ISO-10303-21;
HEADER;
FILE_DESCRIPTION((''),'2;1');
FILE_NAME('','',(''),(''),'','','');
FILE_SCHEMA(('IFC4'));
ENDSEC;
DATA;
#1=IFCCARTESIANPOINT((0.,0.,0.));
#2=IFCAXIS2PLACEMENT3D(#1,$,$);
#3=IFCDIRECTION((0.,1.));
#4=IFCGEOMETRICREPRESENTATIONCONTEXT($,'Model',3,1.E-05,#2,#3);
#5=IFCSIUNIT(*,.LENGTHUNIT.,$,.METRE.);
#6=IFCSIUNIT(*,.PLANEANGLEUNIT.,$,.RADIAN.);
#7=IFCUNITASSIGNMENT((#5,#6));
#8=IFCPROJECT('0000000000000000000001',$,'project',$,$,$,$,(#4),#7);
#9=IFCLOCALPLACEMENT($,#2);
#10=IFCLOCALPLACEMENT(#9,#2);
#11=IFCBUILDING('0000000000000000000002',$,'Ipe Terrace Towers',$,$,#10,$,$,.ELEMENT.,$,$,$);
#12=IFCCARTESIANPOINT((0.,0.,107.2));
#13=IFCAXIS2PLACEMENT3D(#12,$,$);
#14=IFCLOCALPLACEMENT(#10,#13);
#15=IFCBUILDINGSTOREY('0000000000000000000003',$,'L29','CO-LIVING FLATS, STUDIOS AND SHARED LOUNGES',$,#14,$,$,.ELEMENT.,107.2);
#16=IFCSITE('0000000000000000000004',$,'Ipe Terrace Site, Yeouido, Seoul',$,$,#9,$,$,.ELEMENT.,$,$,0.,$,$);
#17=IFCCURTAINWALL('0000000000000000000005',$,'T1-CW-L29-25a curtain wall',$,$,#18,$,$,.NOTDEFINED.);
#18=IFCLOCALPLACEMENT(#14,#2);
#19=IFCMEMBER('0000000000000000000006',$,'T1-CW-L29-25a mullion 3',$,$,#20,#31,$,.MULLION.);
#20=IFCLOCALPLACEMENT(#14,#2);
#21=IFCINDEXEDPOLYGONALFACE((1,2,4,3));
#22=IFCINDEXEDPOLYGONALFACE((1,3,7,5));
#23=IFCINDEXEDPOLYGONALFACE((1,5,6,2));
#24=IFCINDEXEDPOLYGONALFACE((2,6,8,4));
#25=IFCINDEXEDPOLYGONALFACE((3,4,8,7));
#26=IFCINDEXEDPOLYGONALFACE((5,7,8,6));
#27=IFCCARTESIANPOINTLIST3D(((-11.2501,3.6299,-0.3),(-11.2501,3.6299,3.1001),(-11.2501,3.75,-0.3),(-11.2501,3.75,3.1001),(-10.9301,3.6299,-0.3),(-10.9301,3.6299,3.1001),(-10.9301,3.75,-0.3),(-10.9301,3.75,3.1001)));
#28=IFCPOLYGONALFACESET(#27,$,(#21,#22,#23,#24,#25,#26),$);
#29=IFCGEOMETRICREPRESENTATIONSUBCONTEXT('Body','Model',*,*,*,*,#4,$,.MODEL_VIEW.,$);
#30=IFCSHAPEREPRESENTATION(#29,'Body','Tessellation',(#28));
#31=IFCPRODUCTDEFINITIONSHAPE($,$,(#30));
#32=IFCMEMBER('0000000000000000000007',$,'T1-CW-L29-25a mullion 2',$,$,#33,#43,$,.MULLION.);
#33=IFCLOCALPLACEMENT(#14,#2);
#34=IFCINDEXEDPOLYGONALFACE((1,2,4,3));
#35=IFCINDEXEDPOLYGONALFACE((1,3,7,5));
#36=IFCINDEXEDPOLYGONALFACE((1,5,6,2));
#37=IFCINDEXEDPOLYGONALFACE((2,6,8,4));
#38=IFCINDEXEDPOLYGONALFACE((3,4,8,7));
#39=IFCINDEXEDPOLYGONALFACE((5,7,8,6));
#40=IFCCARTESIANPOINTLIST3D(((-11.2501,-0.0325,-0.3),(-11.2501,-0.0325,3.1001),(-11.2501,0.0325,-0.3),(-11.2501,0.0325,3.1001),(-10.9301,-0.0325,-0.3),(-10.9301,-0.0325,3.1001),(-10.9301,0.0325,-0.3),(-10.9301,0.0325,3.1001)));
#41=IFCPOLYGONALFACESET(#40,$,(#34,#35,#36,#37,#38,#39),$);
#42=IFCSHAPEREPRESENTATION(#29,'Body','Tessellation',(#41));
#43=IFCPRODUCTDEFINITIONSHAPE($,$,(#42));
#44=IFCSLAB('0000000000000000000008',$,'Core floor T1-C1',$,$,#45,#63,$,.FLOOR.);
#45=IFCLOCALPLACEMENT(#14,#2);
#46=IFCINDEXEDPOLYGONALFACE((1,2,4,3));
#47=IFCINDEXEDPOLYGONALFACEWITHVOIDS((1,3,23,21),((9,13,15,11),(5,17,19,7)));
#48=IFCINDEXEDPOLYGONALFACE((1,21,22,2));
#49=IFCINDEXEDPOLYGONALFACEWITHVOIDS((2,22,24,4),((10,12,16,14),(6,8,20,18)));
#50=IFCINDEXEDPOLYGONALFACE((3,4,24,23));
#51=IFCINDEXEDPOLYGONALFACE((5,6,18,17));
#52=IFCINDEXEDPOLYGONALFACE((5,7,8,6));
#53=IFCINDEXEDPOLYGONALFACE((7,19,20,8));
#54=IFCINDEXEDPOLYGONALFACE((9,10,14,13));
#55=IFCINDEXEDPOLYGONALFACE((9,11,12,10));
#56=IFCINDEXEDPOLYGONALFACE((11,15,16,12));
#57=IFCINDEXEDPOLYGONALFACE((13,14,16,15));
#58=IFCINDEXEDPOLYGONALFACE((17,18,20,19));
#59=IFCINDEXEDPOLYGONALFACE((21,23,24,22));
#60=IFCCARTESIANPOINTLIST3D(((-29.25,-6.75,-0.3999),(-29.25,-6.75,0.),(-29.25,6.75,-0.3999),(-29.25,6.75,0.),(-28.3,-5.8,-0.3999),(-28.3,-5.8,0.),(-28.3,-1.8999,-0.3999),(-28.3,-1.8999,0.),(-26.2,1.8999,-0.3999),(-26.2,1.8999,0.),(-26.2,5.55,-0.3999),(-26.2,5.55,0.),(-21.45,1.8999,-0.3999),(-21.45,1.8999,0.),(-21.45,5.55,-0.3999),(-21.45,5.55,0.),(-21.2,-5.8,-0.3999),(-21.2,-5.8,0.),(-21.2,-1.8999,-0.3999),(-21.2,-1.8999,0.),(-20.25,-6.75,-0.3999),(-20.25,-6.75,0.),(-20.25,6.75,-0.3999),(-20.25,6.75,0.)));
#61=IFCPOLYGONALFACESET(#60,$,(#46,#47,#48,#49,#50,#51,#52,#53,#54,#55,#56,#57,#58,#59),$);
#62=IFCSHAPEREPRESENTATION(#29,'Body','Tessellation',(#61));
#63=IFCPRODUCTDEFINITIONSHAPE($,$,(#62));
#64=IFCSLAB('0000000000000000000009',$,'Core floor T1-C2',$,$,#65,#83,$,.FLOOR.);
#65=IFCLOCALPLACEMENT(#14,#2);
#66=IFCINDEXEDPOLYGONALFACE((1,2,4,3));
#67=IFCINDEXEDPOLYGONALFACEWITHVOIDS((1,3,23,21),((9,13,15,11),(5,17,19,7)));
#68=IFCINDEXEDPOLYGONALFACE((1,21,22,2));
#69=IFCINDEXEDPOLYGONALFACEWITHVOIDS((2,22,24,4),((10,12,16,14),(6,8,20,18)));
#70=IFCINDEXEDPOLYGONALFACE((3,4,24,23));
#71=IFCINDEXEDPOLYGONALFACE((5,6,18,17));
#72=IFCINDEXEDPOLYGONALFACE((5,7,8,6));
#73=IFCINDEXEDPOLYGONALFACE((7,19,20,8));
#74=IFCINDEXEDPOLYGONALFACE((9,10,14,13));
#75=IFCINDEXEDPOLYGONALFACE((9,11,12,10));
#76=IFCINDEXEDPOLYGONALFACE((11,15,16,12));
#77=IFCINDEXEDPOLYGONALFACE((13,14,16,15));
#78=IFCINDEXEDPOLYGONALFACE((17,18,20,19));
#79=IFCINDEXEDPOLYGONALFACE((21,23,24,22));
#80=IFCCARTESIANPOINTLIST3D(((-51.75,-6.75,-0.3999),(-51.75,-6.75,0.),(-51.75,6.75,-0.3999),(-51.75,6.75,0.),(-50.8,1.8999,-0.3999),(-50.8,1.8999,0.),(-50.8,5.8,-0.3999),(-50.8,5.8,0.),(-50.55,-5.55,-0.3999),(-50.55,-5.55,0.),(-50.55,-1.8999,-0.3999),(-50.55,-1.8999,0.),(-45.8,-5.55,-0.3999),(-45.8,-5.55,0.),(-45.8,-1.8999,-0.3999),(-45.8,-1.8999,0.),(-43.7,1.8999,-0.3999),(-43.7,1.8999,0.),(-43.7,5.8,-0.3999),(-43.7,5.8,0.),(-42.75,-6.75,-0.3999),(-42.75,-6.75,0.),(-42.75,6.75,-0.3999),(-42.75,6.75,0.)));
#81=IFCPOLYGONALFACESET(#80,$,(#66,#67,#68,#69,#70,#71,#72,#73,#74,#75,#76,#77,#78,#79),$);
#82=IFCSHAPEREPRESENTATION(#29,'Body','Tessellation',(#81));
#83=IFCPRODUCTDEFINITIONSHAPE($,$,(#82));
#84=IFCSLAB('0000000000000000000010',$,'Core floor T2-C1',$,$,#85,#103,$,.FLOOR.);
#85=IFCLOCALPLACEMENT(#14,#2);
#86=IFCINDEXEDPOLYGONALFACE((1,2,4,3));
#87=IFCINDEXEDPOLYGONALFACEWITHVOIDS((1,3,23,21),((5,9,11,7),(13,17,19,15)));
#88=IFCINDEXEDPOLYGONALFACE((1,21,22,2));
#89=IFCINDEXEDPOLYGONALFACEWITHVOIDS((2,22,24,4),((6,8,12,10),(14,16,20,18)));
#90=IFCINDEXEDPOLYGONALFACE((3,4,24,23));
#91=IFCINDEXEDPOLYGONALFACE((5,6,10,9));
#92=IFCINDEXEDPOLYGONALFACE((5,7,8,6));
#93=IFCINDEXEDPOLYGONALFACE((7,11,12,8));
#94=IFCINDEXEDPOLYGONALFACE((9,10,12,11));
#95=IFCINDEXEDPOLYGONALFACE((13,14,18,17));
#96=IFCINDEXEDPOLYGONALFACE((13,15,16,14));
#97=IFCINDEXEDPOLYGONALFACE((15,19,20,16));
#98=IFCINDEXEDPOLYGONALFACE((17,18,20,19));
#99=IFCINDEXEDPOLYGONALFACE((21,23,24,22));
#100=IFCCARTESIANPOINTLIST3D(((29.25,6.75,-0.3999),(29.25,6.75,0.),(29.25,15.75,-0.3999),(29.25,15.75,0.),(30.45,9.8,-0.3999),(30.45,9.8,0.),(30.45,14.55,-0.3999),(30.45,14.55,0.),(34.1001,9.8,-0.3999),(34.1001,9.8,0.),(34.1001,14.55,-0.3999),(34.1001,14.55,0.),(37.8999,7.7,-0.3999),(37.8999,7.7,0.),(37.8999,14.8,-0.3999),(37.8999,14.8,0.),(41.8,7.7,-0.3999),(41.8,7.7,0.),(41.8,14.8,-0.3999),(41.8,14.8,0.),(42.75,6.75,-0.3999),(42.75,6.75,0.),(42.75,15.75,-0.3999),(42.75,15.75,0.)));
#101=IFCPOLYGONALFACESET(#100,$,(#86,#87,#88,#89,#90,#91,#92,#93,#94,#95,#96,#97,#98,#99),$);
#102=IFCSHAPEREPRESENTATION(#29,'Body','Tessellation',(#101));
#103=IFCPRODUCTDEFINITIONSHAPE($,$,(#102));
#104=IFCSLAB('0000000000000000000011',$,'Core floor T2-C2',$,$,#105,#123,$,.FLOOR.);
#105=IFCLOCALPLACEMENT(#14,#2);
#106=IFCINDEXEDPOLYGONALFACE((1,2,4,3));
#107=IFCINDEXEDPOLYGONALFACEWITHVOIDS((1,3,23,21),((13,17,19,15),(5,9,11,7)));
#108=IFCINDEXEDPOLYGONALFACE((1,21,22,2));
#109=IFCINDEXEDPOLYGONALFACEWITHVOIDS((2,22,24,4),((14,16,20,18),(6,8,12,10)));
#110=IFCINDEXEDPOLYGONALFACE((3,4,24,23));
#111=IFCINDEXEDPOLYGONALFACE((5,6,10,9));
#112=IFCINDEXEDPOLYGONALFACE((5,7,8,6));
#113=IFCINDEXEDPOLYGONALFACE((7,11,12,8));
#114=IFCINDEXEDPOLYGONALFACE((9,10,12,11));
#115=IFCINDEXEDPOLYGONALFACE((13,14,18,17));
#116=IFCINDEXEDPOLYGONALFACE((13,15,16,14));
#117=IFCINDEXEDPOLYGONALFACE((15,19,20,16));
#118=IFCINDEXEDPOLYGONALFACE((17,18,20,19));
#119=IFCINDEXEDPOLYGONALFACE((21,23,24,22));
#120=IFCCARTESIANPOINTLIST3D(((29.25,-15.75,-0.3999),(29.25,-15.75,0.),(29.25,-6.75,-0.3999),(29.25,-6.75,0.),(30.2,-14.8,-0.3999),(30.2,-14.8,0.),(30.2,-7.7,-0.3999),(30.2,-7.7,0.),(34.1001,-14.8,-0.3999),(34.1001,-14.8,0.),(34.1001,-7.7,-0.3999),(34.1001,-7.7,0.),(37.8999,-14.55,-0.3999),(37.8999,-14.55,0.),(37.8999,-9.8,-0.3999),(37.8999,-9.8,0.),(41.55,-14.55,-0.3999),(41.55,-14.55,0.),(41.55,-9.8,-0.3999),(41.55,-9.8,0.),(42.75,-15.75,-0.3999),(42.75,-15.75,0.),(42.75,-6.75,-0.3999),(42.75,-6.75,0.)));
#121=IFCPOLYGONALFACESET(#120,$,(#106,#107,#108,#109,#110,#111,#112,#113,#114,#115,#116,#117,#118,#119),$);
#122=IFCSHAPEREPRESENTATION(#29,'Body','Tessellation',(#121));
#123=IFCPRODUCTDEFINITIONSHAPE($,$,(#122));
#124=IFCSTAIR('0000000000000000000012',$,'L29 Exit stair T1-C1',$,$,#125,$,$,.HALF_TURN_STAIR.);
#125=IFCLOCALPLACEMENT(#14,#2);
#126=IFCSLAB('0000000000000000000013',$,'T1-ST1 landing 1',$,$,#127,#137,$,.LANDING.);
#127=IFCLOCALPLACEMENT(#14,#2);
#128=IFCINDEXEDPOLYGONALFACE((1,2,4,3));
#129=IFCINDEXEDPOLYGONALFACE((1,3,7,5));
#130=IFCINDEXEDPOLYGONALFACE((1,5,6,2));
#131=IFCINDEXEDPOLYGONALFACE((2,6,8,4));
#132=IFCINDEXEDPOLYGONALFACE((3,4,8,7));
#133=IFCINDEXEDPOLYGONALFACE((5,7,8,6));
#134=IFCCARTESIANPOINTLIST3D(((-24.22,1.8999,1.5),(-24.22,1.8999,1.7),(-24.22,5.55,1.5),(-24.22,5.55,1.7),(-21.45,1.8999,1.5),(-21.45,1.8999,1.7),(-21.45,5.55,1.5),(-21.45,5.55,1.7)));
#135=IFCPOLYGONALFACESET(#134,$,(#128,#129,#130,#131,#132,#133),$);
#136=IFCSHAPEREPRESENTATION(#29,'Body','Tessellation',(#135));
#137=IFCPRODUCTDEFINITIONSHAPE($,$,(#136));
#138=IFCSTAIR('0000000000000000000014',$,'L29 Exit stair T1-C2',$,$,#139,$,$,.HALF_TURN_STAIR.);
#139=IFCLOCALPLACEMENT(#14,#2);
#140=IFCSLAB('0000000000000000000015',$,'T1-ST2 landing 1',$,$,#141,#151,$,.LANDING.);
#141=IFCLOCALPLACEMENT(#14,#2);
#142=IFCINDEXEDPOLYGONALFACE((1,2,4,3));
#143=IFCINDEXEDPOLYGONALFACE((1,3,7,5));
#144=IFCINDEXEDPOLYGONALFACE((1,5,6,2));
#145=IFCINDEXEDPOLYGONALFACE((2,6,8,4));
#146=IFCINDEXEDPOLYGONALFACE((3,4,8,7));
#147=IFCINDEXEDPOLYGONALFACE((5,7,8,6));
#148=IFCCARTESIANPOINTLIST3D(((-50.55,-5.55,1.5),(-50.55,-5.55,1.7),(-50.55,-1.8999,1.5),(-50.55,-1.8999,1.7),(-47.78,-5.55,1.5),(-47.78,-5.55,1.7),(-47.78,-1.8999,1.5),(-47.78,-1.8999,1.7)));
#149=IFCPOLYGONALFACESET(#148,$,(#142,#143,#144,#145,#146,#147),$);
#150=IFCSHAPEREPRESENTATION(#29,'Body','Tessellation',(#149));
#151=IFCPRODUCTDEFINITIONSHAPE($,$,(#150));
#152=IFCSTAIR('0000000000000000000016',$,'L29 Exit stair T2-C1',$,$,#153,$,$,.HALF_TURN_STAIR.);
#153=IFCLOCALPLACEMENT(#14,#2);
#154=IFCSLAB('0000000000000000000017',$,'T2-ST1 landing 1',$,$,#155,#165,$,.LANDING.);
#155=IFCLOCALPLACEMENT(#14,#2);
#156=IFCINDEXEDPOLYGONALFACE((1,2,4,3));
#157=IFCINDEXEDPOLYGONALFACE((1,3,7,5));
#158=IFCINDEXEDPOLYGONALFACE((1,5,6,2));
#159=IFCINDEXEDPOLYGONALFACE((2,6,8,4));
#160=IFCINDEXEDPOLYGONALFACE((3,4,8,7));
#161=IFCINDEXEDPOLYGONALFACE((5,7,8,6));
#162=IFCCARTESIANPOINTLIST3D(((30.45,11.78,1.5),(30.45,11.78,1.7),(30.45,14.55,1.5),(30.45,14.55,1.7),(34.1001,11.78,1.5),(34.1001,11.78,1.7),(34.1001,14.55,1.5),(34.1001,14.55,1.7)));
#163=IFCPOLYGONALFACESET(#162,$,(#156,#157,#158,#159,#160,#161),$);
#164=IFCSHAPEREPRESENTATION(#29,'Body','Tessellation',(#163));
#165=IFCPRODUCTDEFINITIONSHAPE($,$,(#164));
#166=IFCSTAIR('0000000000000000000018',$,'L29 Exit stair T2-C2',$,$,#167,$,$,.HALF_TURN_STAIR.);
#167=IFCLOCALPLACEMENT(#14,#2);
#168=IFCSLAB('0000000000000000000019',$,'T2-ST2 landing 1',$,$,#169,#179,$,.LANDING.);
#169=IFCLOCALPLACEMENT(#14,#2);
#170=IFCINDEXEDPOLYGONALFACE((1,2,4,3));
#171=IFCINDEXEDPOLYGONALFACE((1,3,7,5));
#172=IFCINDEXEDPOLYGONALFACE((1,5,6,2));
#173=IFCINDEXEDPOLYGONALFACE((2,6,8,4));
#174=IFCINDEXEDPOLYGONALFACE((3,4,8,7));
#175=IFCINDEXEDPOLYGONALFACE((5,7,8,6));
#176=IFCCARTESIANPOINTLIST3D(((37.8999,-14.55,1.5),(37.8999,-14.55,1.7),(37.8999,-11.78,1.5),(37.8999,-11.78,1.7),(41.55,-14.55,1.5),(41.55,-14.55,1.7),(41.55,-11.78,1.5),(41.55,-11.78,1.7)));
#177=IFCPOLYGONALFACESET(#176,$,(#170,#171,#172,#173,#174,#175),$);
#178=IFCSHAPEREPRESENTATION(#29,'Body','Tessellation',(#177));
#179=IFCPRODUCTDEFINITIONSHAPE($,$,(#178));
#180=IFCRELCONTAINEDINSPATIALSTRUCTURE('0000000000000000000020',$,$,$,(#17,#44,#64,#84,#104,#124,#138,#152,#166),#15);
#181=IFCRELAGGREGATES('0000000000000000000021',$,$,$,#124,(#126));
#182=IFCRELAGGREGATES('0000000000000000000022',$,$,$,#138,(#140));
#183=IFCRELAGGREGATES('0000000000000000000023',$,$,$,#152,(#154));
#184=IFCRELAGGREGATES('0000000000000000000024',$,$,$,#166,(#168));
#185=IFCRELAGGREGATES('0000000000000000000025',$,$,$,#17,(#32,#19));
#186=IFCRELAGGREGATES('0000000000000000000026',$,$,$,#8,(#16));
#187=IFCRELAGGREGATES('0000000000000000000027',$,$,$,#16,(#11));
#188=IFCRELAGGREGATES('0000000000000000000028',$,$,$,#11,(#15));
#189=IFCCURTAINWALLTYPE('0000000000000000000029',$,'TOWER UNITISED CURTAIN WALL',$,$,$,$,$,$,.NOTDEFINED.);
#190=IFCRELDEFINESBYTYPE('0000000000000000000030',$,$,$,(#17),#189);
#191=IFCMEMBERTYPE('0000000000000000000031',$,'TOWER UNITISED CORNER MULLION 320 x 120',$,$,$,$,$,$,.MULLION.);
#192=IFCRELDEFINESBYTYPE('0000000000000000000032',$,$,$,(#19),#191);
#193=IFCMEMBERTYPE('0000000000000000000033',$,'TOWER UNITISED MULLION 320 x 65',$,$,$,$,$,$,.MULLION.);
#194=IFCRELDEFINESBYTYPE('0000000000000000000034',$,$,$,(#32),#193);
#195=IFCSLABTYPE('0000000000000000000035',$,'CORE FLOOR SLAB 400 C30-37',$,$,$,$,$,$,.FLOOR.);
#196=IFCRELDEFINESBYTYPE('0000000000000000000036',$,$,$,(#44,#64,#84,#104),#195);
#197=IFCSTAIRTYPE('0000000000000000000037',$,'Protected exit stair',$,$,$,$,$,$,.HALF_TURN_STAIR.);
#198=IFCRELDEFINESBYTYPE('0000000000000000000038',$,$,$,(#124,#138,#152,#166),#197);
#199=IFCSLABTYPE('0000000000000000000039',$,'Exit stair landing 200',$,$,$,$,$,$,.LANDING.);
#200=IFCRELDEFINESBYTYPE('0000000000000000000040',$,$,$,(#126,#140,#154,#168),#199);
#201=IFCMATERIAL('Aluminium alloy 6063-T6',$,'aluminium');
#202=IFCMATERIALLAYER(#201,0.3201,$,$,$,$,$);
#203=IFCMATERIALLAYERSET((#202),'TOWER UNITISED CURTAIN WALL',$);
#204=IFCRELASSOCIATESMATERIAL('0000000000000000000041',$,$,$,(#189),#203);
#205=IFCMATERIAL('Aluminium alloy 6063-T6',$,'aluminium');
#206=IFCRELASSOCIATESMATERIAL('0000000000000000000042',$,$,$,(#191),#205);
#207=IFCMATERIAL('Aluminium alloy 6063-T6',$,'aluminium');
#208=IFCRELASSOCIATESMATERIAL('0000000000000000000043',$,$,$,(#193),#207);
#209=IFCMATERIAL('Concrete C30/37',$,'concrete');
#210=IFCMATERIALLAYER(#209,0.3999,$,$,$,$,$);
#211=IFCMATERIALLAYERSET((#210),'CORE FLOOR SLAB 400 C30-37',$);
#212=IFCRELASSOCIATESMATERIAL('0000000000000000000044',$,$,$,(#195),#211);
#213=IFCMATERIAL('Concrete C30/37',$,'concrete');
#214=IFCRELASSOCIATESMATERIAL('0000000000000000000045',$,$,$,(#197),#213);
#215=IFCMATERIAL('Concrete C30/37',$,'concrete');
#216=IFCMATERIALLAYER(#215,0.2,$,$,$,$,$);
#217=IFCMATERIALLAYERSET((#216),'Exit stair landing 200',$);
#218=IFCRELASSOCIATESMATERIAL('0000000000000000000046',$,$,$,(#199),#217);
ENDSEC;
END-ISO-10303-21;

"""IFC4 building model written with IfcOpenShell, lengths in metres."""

from ifc_helpers import new_model, si_unit, direction, frame, origin, origin_2d, place, context, subcontext, project, spatial, polyline, rectangle, outline, extrude, material, layer, layer_set, material_profile, profile_set, type_object, element, aggregate, save


model = new_model("IFC4")

# Units and contexts
model_context = context("Model", 3, precision=1e-05, world=origin(), true_north=direction((0.0, 1.0)))
body_context = subcontext(model_context, "Body", "Model", "MODEL_VIEW")
ifc_project = project(units=[si_unit("LENGTHUNIT", "METRE"), si_unit("PLANEANGLEUNIT", "RADIAN")], contexts=[model_context])

# Site, building, storey
site_placement = place(None, origin())
site = spatial("IfcSite", under=ifc_project, at=site_placement, Name="Ipe Terrace Site, Yeouido, Seoul", CompositionType="ELEMENT", RefElevation=0.0)
building_placement = place(site_placement, origin())
building = spatial("IfcBuilding", under=site, at=building_placement, Name="Ipe Terrace Towers", CompositionType="ELEMENT")
storey_placement = place(building_placement, frame((0.0, 0.0, 107.2)))
storey = spatial("IfcBuildingStorey", under=building, at=storey_placement, Name="L29", Description="CO-LIVING FLATS, STUDIOS AND SHARED LOUNGES", CompositionType="ELEMENT", Elevation=107.2)

# Curtain wall, members
ifc_material_1 = material(Name="Aluminium alloy 6063-T6", Category="aluminium")
ifc_layer_1 = layer(ifc_material_1, 0.3201)
ifc_layer_set_1 = layer_set([ifc_layer_1], Name="TOWER UNITISED CURTAIN WALL")
curtain_wall_type = type_object("IfcCurtainWallType", Name="TOWER UNITISED CURTAIN WALL", PredefinedType="NOTDEFINED", material=ifc_layer_set_1)
curtain_wall_placement = place(storey_placement, origin())
curtain_wall = element("IfcCurtainWall", 1, at=curtain_wall_placement, inside=storey, type_object=curtain_wall_type, Name="T1-CW-L29-25a curtain wall", PredefinedType="NOTDEFINED")
ifc_material_2 = material(Name="Aluminium alloy 6063-T6", Category="aluminium")
ifc_material_profile_1 = material_profile(ifc_material_2, rectangle(XDim=0.3201, YDim=0.1201, at=origin_2d()), Name="TOWER UNITISED CORNER MULLION 320 x 120")
ifc_profile_set_1 = profile_set([ifc_material_profile_1], Name="Aluminium alloy 6063-T6")
member_type_1 = type_object("IfcMemberType", Name="TOWER UNITISED CORNER MULLION 320 x 120", PredefinedType="MULLION", material=ifc_profile_set_1)
member_1_placement = place(storey_placement, frame((-11.0901, 3.6899, -0.3), z_axis=(0.0, 0.0, 1.0), x_axis=(1.0, 0.0, 0.0)))
member_1 = element("IfcMember", 2, at=member_1_placement, type_object=member_type_1, Name="T1-CW-L29-25a mullion 3", PredefinedType="MULLION", context=body_context, shape_type="SweptSolid", body=[
    extrude(rectangle(XDim=0.3201, YDim=0.1201, at=origin_2d()), origin(), (0.0, 0.0, 1.0), 3.4001),
])
ifc_material_3 = material(Name="Aluminium alloy 6063-T6", Category="aluminium")
ifc_material_profile_2 = material_profile(ifc_material_3, rectangle(XDim=0.3201, YDim=0.0649, at=origin_2d()), Name="TOWER UNITISED MULLION 320 x 65")
ifc_profile_set_2 = profile_set([ifc_material_profile_2], Name="Aluminium alloy 6063-T6")
member_type_2 = type_object("IfcMemberType", Name="TOWER UNITISED MULLION 320 x 65", PredefinedType="MULLION", material=ifc_profile_set_2)
member_2_placement = place(storey_placement, frame((-11.0901, 0.0, -0.3), z_axis=(0.0, 0.0, 1.0), x_axis=(1.0, 0.0, 0.0)))
member_2 = element("IfcMember", 3, at=member_2_placement, type_object=member_type_2, Name="T1-CW-L29-25a mullion 2", PredefinedType="MULLION", context=body_context, shape_type="SweptSolid", body=[
    extrude(rectangle(XDim=0.3201, YDim=0.0649, at=origin_2d()), origin(), (0.0, 0.0, 1.0), 3.4001),
])

# Slabs
ifc_material_4 = material(Name="Concrete C30/37", Category="concrete")
ifc_layer_2 = layer(ifc_material_4, 0.3999)
ifc_layer_set_2 = layer_set([ifc_layer_2], Name="CORE FLOOR SLAB 400 C30-37")
slab_type_1 = type_object("IfcSlabType", Name="CORE FLOOR SLAB 400 C30-37", PredefinedType="FLOOR", material=ifc_layer_set_2)
slab_1_placement = place(storey_placement, frame((0.0, 0.0, -0.3999)))
element("IfcSlab", 4, at=slab_1_placement, inside=storey, type_object=slab_type_1, Name="Core floor T1-C1", PredefinedType="FLOOR", context=body_context, shape_type="SweptSolid", body=[
    extrude(outline(polyline([(-29.25, -6.75), (-29.25, 6.75), (-20.25, 6.75), (-20.25, -6.75), (-29.25, -6.75)]), holes=[polyline([(-28.3, -5.8), (-21.2, -5.8), (-21.2, -1.8999), (-28.3, -1.8999), (-28.3, -5.8)]), polyline([(-26.2, 5.55), (-26.2, 1.8999), (-21.45, 1.8999), (-21.45, 5.55), (-26.2, 5.55)])]), origin(), (0.0, 0.0, 1.0), 0.3999),
])
slab_2_placement = place(storey_placement, frame((0.0, 0.0, -0.3999)))
element("IfcSlab", 5, at=slab_2_placement, inside=storey, type_object=slab_type_1, Name="Core floor T1-C2", PredefinedType="FLOOR", context=body_context, shape_type="SweptSolid", body=[
    extrude(outline(polyline([(-51.75, -6.75), (-51.75, 6.75), (-42.75, 6.75), (-42.75, -6.75), (-51.75, -6.75)]), holes=[polyline([(-45.8, -5.55), (-45.8, -1.8999), (-50.55, -1.8999), (-50.55, -5.55), (-45.8, -5.55)]), polyline([(-50.8, 1.8999), (-43.7, 1.8999), (-43.7, 5.8), (-50.8, 5.8), (-50.8, 1.8999)])]), origin(), (0.0, 0.0, 1.0), 0.3999),
])
slab_3_placement = place(storey_placement, frame((0.0, 0.0, -0.3999)))
element("IfcSlab", 6, at=slab_3_placement, inside=storey, type_object=slab_type_1, Name="Core floor T2-C1", PredefinedType="FLOOR", context=body_context, shape_type="SweptSolid", body=[
    extrude(outline(polyline([(29.25, 6.75), (29.25, 15.75), (42.75, 15.75), (42.75, 6.75), (29.25, 6.75)]), holes=[polyline([(41.8, 7.7), (41.8, 14.8), (37.8999, 14.8), (37.8999, 7.7), (41.8, 7.7)]), polyline([(30.45, 9.8), (34.1001, 9.8), (34.1001, 14.55), (30.45, 14.55), (30.45, 9.8)])]), origin(), (0.0, 0.0, 1.0), 0.3999),
])
slab_4_placement = place(storey_placement, frame((0.0, 0.0, -0.3999)))
element("IfcSlab", 7, at=slab_4_placement, inside=storey, type_object=slab_type_1, Name="Core floor T2-C2", PredefinedType="FLOOR", context=body_context, shape_type="SweptSolid", body=[
    extrude(outline(polyline([(29.25, -15.75), (29.25, -6.75), (42.75, -6.75), (42.75, -15.75), (29.25, -15.75)]), holes=[polyline([(34.1001, -14.8), (34.1001, -7.7), (30.2, -7.7), (30.2, -14.8), (34.1001, -14.8)]), polyline([(41.55, -9.8), (37.8999, -9.8), (37.8999, -14.55), (41.55, -14.55), (41.55, -9.8)])]), origin(), (0.0, 0.0, 1.0), 0.3999),
])

# Stairs, slabs
ifc_material_5 = material(Name="Concrete C30/37", Category="concrete")
stair_type = type_object("IfcStairType", Name="Protected exit stair", PredefinedType="HALF_TURN_STAIR", material=ifc_material_5)
stair_1_placement = place(storey_placement, origin())
stair_1 = element("IfcStair", 8, at=stair_1_placement, inside=storey, type_object=stair_type, Name="L29 Exit stair T1-C1", PredefinedType="HALF_TURN_STAIR")
ifc_material_6 = material(Name="Concrete C30/37", Category="concrete")
ifc_layer_3 = layer(ifc_material_6, 0.2)
ifc_layer_set_3 = layer_set([ifc_layer_3], Name="Exit stair landing 200")
slab_type_2 = type_object("IfcSlabType", Name="Exit stair landing 200", PredefinedType="LANDING", material=ifc_layer_set_3)
slab_5_placement = place(storey_placement, frame((0.0, 0.0, 1.5)))
slab_5 = element("IfcSlab", 9, at=slab_5_placement, type_object=slab_type_2, Name="T1-ST1 landing 1", PredefinedType="LANDING", context=body_context, shape_type="SweptSolid", body=[
    extrude(outline(polyline([(-24.22, 1.8999), (-21.45, 1.8999), (-21.45, 5.55), (-24.22, 5.55), (-24.22, 1.8999)])), origin(), (0.0, 0.0, 1.0), 0.2),
])
aggregate(stair_1, [slab_5])
stair_2_placement = place(storey_placement, origin())
stair_2 = element("IfcStair", 10, at=stair_2_placement, inside=storey, type_object=stair_type, Name="L29 Exit stair T1-C2", PredefinedType="HALF_TURN_STAIR")
slab_6_placement = place(storey_placement, frame((0.0, 0.0, 1.5)))
slab_6 = element("IfcSlab", 11, at=slab_6_placement, type_object=slab_type_2, Name="T1-ST2 landing 1", PredefinedType="LANDING", context=body_context, shape_type="SweptSolid", body=[
    extrude(outline(polyline([(-47.78, -1.8999), (-50.55, -1.8999), (-50.55, -5.55), (-47.78, -5.55), (-47.78, -1.8999)])), origin(), (0.0, 0.0, 1.0), 0.2),
])
aggregate(stair_2, [slab_6])
stair_3_placement = place(storey_placement, origin())
stair_3 = element("IfcStair", 12, at=stair_3_placement, inside=storey, type_object=stair_type, Name="L29 Exit stair T2-C1", PredefinedType="HALF_TURN_STAIR")
slab_7_placement = place(storey_placement, frame((0.0, 0.0, 1.5)))
slab_7 = element("IfcSlab", 13, at=slab_7_placement, type_object=slab_type_2, Name="T2-ST1 landing 1", PredefinedType="LANDING", context=body_context, shape_type="SweptSolid", body=[
    extrude(outline(polyline([(34.1001, 11.78), (34.1001, 14.55), (30.45, 14.55), (30.45, 11.78), (34.1001, 11.78)])), origin(), (0.0, 0.0, 1.0), 0.2),
])
aggregate(stair_3, [slab_7])
stair_4_placement = place(storey_placement, origin())
stair_4 = element("IfcStair", 14, at=stair_4_placement, inside=storey, type_object=stair_type, Name="L29 Exit stair T2-C2", PredefinedType="HALF_TURN_STAIR")
slab_8_placement = place(storey_placement, frame((0.0, 0.0, 1.5)))
slab_8 = element("IfcSlab", 15, at=slab_8_placement, type_object=slab_type_2, Name="T2-ST2 landing 1", PredefinedType="LANDING", context=body_context, shape_type="SweptSolid", body=[
    extrude(outline(polyline([(37.8999, -11.78), (37.8999, -14.55), (41.55, -14.55), (41.55, -11.78), (37.8999, -11.78)])), origin(), (0.0, 0.0, 1.0), 0.2),
])
aggregate(stair_4, [slab_8])

aggregate(curtain_wall, [member_2, member_1])

save(model, "model.ifc")
